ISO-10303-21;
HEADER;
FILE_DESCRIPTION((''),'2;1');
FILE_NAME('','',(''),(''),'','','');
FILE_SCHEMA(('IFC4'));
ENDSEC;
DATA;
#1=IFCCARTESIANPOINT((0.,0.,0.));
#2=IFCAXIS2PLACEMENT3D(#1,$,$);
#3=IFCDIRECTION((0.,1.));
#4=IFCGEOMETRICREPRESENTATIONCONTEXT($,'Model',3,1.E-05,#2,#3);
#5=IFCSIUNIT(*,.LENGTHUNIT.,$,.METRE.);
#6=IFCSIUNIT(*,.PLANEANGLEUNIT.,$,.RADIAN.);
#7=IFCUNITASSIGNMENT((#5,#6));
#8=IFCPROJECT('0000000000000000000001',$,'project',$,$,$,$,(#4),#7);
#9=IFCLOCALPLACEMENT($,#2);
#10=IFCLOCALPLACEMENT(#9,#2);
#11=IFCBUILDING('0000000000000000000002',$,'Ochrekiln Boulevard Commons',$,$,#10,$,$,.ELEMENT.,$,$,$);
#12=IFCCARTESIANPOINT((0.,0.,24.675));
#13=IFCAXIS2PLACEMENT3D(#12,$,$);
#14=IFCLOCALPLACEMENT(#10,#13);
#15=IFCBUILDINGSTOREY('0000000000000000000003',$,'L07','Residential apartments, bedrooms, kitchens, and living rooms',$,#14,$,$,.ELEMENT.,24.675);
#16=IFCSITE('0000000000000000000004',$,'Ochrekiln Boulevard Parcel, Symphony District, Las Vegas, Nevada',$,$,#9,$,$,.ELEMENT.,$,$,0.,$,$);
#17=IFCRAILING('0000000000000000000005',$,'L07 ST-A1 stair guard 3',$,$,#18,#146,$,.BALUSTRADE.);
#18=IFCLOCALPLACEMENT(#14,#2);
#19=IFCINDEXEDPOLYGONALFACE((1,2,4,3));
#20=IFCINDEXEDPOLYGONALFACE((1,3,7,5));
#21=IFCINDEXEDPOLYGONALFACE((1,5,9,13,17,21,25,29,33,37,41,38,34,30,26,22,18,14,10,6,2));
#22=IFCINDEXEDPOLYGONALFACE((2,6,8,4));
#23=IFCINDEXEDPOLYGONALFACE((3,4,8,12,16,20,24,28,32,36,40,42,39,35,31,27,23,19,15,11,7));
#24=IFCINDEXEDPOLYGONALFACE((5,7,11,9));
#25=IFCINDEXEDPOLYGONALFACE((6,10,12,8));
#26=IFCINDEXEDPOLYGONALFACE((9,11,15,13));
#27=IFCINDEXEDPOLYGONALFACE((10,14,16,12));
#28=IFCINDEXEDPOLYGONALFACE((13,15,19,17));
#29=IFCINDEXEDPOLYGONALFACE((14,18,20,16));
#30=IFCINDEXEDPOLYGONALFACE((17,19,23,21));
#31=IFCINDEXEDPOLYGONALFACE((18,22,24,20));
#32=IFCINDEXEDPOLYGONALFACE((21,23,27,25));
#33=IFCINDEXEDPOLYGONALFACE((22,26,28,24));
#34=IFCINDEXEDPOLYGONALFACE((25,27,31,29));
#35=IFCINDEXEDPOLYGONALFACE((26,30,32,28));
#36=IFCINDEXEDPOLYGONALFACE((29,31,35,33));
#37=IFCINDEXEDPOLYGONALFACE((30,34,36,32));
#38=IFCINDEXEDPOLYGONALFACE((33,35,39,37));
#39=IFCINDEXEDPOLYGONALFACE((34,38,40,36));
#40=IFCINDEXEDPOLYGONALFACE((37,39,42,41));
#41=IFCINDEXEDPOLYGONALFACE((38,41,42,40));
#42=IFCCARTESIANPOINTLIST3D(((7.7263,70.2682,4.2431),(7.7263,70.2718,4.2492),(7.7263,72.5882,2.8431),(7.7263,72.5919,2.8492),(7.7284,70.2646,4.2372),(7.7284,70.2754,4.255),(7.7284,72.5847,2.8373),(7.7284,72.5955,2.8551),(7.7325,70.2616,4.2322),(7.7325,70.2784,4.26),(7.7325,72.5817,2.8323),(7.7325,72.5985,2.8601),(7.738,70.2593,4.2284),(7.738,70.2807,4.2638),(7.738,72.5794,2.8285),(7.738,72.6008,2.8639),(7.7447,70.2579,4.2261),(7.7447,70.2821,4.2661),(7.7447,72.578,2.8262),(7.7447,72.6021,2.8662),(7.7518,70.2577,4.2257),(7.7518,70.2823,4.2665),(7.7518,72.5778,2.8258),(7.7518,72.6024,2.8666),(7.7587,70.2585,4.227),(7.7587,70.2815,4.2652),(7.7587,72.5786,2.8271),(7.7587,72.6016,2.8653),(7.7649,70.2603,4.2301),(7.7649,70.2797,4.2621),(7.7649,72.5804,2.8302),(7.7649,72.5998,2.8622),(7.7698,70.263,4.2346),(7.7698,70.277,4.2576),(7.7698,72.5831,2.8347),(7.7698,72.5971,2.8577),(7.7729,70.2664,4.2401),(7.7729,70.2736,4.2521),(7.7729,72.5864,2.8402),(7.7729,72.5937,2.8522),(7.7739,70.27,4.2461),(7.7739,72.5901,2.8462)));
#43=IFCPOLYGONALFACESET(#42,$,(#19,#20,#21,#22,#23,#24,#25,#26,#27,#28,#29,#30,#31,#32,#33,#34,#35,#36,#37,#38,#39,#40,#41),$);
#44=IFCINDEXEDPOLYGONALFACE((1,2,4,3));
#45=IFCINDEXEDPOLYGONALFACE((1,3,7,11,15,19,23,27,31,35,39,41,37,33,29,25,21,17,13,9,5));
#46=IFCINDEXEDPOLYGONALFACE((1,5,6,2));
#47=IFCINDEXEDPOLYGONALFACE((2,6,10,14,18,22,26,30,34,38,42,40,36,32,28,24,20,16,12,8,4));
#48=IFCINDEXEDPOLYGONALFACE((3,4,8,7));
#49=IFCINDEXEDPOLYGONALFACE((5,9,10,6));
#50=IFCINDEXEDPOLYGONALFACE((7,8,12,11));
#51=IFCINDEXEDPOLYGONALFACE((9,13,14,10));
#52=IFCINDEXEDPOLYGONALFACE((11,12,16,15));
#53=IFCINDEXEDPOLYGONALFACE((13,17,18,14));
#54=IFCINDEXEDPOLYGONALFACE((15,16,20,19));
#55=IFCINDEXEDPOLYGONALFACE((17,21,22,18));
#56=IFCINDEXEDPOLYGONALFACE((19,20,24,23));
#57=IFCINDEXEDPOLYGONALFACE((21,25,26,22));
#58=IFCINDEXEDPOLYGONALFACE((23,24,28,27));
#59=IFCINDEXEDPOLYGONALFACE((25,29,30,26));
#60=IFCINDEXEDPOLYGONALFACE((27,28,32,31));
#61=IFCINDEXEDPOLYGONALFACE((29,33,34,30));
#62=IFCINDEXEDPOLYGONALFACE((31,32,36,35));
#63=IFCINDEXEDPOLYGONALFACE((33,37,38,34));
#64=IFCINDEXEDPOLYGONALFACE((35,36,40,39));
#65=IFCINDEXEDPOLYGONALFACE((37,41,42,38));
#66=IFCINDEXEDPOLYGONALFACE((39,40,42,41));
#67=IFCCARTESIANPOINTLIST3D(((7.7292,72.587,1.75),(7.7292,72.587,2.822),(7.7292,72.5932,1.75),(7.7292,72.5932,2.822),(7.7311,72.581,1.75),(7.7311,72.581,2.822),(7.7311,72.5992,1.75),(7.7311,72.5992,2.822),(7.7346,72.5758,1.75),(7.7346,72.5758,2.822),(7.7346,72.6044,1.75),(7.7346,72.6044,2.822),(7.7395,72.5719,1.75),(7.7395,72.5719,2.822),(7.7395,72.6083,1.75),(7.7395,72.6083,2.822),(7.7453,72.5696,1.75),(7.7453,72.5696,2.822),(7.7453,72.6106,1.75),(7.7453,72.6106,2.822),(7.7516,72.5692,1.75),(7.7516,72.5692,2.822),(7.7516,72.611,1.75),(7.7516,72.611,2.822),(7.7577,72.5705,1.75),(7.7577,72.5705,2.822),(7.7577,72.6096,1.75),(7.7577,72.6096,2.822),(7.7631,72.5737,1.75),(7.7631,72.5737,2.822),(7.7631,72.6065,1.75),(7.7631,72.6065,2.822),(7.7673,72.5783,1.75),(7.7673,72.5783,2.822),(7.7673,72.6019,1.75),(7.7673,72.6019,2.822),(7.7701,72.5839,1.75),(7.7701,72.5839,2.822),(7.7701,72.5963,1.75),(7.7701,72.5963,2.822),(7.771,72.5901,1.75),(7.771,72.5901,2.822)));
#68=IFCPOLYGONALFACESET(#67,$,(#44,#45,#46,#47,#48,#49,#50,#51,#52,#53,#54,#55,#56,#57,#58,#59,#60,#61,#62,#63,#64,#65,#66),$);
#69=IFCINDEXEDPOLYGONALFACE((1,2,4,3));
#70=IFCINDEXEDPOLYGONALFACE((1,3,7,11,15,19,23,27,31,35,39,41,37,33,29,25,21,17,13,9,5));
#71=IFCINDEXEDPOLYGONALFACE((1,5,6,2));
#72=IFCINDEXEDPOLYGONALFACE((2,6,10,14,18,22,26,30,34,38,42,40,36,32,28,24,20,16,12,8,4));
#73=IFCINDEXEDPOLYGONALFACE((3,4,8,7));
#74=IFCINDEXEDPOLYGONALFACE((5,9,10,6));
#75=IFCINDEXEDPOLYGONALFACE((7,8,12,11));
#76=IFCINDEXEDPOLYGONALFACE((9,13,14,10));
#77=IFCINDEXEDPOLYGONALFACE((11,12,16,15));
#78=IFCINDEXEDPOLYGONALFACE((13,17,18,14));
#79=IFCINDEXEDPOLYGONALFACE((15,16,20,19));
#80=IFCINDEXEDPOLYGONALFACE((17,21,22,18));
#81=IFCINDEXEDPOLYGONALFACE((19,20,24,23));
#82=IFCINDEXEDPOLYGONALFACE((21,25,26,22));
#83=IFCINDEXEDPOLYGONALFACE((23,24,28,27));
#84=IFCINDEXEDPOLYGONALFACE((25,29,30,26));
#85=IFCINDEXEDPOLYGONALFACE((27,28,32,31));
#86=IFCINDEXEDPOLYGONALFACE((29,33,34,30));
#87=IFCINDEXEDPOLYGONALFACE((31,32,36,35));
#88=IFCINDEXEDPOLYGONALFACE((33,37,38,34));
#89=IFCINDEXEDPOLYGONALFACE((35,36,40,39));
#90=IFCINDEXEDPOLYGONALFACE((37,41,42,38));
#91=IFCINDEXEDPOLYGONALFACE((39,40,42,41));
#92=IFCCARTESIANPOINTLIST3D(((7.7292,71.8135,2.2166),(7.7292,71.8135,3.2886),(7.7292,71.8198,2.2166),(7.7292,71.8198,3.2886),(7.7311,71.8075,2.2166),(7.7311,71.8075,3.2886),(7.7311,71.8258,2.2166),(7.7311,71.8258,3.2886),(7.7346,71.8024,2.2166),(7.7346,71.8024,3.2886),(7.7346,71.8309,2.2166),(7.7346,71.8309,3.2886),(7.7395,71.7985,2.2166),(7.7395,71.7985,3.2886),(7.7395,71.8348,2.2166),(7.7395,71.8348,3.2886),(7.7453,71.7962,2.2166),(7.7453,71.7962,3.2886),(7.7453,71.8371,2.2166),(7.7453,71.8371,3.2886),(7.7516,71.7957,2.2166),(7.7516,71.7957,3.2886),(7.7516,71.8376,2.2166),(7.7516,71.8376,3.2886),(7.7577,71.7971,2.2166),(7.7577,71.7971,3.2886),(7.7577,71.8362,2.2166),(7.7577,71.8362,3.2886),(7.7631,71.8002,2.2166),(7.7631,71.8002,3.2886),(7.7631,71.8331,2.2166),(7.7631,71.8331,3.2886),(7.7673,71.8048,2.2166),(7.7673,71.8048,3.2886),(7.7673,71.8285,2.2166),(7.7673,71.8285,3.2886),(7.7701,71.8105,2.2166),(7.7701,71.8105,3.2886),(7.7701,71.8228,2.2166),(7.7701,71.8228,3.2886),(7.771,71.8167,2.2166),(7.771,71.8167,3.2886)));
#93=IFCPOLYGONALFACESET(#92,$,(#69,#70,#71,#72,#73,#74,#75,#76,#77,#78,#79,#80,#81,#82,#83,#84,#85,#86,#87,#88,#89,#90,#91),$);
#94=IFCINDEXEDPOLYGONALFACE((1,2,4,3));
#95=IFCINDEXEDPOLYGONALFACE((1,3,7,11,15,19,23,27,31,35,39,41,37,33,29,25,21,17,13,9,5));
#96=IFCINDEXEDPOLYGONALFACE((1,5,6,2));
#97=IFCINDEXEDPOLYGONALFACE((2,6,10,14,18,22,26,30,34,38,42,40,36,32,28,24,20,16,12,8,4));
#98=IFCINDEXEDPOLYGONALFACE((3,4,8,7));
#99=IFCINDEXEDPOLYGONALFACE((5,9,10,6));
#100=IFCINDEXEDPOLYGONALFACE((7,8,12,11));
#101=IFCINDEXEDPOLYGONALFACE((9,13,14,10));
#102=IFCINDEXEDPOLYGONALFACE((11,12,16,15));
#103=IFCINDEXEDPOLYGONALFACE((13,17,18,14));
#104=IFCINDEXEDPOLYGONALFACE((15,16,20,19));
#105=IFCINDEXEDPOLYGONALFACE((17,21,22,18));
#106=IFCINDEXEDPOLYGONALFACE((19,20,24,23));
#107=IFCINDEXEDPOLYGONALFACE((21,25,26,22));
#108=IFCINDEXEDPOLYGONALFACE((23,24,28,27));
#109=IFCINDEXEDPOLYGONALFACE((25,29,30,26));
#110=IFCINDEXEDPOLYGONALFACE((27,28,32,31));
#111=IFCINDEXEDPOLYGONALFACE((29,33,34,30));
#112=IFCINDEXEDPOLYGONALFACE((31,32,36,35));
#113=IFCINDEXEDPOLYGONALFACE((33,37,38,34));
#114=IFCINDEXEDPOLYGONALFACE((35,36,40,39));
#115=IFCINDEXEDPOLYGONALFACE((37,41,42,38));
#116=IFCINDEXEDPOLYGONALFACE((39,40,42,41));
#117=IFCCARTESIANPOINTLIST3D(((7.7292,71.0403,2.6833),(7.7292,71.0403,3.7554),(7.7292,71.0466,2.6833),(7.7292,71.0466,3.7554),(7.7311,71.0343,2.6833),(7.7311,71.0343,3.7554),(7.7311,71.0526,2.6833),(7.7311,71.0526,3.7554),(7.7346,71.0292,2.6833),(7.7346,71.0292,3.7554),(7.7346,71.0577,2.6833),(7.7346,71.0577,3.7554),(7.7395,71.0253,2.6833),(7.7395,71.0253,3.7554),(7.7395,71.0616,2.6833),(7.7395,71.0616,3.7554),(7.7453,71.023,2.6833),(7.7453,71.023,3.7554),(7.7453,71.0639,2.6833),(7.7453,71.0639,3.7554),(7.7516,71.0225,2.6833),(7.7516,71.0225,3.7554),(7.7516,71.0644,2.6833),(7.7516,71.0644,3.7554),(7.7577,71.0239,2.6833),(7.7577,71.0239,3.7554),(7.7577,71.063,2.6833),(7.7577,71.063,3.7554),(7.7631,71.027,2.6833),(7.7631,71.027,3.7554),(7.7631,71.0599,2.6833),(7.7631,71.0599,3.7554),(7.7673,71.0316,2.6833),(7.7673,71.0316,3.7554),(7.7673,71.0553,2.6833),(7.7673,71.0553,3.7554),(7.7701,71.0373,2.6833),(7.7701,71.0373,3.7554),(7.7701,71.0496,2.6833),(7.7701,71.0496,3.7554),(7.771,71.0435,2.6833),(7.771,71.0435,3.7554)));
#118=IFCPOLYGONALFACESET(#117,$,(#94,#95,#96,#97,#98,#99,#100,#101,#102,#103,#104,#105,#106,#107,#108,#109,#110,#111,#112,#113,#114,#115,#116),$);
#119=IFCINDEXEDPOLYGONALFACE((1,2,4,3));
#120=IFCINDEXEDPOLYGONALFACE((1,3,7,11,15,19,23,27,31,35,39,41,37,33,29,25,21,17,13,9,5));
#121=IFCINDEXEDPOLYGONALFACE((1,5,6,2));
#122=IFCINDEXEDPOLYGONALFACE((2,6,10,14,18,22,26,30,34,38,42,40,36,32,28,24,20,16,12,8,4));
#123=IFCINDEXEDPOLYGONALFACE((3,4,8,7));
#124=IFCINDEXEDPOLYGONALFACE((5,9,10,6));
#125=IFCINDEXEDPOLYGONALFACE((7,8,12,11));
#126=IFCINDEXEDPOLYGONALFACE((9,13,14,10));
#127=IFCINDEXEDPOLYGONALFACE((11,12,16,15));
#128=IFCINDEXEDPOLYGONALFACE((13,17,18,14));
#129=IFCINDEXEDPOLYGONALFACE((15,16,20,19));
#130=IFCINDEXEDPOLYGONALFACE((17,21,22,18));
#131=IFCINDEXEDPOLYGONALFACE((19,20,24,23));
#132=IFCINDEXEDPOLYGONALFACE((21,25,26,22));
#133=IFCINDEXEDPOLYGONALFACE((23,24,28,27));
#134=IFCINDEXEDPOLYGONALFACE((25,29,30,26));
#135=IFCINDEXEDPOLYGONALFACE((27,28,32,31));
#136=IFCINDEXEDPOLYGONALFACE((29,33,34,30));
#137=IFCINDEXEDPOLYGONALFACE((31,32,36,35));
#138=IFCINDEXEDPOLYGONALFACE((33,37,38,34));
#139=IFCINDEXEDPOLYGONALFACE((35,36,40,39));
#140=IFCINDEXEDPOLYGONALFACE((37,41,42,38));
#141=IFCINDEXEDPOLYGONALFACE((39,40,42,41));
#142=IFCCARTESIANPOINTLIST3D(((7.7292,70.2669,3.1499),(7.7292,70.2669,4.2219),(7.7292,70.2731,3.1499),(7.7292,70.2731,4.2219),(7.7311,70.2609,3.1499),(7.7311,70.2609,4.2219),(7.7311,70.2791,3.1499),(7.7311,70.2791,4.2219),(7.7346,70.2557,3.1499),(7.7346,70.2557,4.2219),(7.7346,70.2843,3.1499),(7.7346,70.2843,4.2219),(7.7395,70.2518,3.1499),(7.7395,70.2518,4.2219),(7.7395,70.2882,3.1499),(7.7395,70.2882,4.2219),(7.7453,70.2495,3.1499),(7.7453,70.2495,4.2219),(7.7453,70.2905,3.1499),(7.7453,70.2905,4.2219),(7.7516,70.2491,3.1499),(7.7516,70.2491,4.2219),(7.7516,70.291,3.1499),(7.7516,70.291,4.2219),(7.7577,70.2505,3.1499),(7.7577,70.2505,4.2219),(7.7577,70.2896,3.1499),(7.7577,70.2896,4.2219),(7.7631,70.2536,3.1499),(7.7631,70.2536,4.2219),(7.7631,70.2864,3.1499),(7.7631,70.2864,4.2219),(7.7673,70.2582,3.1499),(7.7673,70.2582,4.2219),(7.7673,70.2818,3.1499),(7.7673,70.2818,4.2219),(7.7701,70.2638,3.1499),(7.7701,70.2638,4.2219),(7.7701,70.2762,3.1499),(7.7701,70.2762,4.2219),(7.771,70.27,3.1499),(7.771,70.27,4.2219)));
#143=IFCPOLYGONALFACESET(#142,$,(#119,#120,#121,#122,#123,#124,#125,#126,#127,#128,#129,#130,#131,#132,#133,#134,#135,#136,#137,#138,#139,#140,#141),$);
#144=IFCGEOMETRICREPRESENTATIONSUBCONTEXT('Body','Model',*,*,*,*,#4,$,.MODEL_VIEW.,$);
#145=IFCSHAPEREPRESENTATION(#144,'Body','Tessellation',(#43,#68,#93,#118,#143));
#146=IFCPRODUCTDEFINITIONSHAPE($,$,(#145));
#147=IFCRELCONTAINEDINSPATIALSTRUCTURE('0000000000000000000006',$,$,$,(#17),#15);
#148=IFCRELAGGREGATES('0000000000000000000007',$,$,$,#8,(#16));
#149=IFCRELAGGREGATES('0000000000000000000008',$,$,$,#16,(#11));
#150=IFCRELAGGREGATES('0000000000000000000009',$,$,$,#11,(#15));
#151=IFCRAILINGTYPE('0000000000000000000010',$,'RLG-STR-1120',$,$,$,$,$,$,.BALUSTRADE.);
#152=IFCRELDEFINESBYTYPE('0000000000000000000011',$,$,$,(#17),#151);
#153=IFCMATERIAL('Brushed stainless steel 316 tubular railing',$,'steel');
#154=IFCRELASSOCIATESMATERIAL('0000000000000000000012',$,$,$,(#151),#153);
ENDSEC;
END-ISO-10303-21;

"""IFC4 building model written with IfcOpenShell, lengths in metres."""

from ifc_helpers import new_model, si_unit, direction, frame, origin, origin_2d, place, context, subcontext, project, spatial, circle, extrude, material, type_object, element, save


model = new_model("IFC4")

# Units and contexts
model_context = context("Model", 3, precision=1e-05, world=origin(), true_north=direction((0.0, 1.0)))
body_context = subcontext(model_context, "Body", "Model", "MODEL_VIEW")
ifc_project = project(units=[si_unit("LENGTHUNIT", "METRE"), si_unit("PLANEANGLEUNIT", "RADIAN")], contexts=[model_context])

# Site, building, storey
site_placement = place(None, origin())
site = spatial("IfcSite", under=ifc_project, at=site_placement, Name="Ochrekiln Boulevard Parcel, Symphony District, Las Vegas, Nevada", CompositionType="ELEMENT", RefElevation=0.0)
building_placement = place(site_placement, origin())
building = spatial("IfcBuilding", under=site, at=building_placement, Name="Ochrekiln Boulevard Commons", CompositionType="ELEMENT")
storey_placement = place(building_placement, frame((0.0, 0.0, 24.675)))
storey = spatial("IfcBuildingStorey", under=building, at=storey_placement, Name="L07", Description="Residential apartments, bedrooms, kitchens, and living rooms", CompositionType="ELEMENT", Elevation=24.675)

# Railing
ifc_material_1 = material(Name="Brushed stainless steel 316 tubular railing", Category="steel")
railing_type_1 = type_object("IfcRailingType", Name="RLG-STR-1120", PredefinedType="BALUSTRADE", material=ifc_material_1)
railing_1_placement = place(storey_placement, frame((7.75, 72.5901, 1.75)))
element("IfcRailing", 1, at=railing_1_placement, inside=storey, type_object=railing_type_1, Name="L07 ST-A1 stair guard 3", PredefinedType="BALUSTRADE", context=body_context, shape_type="SweptSolid", body=[
    extrude(circle(Radius=0.0239, at=origin_2d()), frame((0.0, 0.0, 1.0962), z_axis=(0.0, -0.85621, 0.516627), x_axis=(1.0, 0.0, 0.0)), (0.0, 0.0, 1.0), 2.7097),
    extrude(circle(Radius=0.021, at=origin_2d()), origin(), (0.0, 0.0, 1.0), 1.072),
    extrude(circle(Radius=0.021, at=origin_2d()), frame((0.0, -0.7734, 0.4666)), (0.0, 0.0, 1.0), 1.072),
    extrude(circle(Radius=0.021, at=origin_2d()), frame((0.0, -1.5466, 0.9333)), (0.0, 0.0, 1.0), 1.072),
    extrude(circle(Radius=0.021, at=origin_2d()), frame((0.0, -2.3201, 1.3999)), (0.0, 0.0, 1.0), 1.072),
])

save(model, "model.ifc")
